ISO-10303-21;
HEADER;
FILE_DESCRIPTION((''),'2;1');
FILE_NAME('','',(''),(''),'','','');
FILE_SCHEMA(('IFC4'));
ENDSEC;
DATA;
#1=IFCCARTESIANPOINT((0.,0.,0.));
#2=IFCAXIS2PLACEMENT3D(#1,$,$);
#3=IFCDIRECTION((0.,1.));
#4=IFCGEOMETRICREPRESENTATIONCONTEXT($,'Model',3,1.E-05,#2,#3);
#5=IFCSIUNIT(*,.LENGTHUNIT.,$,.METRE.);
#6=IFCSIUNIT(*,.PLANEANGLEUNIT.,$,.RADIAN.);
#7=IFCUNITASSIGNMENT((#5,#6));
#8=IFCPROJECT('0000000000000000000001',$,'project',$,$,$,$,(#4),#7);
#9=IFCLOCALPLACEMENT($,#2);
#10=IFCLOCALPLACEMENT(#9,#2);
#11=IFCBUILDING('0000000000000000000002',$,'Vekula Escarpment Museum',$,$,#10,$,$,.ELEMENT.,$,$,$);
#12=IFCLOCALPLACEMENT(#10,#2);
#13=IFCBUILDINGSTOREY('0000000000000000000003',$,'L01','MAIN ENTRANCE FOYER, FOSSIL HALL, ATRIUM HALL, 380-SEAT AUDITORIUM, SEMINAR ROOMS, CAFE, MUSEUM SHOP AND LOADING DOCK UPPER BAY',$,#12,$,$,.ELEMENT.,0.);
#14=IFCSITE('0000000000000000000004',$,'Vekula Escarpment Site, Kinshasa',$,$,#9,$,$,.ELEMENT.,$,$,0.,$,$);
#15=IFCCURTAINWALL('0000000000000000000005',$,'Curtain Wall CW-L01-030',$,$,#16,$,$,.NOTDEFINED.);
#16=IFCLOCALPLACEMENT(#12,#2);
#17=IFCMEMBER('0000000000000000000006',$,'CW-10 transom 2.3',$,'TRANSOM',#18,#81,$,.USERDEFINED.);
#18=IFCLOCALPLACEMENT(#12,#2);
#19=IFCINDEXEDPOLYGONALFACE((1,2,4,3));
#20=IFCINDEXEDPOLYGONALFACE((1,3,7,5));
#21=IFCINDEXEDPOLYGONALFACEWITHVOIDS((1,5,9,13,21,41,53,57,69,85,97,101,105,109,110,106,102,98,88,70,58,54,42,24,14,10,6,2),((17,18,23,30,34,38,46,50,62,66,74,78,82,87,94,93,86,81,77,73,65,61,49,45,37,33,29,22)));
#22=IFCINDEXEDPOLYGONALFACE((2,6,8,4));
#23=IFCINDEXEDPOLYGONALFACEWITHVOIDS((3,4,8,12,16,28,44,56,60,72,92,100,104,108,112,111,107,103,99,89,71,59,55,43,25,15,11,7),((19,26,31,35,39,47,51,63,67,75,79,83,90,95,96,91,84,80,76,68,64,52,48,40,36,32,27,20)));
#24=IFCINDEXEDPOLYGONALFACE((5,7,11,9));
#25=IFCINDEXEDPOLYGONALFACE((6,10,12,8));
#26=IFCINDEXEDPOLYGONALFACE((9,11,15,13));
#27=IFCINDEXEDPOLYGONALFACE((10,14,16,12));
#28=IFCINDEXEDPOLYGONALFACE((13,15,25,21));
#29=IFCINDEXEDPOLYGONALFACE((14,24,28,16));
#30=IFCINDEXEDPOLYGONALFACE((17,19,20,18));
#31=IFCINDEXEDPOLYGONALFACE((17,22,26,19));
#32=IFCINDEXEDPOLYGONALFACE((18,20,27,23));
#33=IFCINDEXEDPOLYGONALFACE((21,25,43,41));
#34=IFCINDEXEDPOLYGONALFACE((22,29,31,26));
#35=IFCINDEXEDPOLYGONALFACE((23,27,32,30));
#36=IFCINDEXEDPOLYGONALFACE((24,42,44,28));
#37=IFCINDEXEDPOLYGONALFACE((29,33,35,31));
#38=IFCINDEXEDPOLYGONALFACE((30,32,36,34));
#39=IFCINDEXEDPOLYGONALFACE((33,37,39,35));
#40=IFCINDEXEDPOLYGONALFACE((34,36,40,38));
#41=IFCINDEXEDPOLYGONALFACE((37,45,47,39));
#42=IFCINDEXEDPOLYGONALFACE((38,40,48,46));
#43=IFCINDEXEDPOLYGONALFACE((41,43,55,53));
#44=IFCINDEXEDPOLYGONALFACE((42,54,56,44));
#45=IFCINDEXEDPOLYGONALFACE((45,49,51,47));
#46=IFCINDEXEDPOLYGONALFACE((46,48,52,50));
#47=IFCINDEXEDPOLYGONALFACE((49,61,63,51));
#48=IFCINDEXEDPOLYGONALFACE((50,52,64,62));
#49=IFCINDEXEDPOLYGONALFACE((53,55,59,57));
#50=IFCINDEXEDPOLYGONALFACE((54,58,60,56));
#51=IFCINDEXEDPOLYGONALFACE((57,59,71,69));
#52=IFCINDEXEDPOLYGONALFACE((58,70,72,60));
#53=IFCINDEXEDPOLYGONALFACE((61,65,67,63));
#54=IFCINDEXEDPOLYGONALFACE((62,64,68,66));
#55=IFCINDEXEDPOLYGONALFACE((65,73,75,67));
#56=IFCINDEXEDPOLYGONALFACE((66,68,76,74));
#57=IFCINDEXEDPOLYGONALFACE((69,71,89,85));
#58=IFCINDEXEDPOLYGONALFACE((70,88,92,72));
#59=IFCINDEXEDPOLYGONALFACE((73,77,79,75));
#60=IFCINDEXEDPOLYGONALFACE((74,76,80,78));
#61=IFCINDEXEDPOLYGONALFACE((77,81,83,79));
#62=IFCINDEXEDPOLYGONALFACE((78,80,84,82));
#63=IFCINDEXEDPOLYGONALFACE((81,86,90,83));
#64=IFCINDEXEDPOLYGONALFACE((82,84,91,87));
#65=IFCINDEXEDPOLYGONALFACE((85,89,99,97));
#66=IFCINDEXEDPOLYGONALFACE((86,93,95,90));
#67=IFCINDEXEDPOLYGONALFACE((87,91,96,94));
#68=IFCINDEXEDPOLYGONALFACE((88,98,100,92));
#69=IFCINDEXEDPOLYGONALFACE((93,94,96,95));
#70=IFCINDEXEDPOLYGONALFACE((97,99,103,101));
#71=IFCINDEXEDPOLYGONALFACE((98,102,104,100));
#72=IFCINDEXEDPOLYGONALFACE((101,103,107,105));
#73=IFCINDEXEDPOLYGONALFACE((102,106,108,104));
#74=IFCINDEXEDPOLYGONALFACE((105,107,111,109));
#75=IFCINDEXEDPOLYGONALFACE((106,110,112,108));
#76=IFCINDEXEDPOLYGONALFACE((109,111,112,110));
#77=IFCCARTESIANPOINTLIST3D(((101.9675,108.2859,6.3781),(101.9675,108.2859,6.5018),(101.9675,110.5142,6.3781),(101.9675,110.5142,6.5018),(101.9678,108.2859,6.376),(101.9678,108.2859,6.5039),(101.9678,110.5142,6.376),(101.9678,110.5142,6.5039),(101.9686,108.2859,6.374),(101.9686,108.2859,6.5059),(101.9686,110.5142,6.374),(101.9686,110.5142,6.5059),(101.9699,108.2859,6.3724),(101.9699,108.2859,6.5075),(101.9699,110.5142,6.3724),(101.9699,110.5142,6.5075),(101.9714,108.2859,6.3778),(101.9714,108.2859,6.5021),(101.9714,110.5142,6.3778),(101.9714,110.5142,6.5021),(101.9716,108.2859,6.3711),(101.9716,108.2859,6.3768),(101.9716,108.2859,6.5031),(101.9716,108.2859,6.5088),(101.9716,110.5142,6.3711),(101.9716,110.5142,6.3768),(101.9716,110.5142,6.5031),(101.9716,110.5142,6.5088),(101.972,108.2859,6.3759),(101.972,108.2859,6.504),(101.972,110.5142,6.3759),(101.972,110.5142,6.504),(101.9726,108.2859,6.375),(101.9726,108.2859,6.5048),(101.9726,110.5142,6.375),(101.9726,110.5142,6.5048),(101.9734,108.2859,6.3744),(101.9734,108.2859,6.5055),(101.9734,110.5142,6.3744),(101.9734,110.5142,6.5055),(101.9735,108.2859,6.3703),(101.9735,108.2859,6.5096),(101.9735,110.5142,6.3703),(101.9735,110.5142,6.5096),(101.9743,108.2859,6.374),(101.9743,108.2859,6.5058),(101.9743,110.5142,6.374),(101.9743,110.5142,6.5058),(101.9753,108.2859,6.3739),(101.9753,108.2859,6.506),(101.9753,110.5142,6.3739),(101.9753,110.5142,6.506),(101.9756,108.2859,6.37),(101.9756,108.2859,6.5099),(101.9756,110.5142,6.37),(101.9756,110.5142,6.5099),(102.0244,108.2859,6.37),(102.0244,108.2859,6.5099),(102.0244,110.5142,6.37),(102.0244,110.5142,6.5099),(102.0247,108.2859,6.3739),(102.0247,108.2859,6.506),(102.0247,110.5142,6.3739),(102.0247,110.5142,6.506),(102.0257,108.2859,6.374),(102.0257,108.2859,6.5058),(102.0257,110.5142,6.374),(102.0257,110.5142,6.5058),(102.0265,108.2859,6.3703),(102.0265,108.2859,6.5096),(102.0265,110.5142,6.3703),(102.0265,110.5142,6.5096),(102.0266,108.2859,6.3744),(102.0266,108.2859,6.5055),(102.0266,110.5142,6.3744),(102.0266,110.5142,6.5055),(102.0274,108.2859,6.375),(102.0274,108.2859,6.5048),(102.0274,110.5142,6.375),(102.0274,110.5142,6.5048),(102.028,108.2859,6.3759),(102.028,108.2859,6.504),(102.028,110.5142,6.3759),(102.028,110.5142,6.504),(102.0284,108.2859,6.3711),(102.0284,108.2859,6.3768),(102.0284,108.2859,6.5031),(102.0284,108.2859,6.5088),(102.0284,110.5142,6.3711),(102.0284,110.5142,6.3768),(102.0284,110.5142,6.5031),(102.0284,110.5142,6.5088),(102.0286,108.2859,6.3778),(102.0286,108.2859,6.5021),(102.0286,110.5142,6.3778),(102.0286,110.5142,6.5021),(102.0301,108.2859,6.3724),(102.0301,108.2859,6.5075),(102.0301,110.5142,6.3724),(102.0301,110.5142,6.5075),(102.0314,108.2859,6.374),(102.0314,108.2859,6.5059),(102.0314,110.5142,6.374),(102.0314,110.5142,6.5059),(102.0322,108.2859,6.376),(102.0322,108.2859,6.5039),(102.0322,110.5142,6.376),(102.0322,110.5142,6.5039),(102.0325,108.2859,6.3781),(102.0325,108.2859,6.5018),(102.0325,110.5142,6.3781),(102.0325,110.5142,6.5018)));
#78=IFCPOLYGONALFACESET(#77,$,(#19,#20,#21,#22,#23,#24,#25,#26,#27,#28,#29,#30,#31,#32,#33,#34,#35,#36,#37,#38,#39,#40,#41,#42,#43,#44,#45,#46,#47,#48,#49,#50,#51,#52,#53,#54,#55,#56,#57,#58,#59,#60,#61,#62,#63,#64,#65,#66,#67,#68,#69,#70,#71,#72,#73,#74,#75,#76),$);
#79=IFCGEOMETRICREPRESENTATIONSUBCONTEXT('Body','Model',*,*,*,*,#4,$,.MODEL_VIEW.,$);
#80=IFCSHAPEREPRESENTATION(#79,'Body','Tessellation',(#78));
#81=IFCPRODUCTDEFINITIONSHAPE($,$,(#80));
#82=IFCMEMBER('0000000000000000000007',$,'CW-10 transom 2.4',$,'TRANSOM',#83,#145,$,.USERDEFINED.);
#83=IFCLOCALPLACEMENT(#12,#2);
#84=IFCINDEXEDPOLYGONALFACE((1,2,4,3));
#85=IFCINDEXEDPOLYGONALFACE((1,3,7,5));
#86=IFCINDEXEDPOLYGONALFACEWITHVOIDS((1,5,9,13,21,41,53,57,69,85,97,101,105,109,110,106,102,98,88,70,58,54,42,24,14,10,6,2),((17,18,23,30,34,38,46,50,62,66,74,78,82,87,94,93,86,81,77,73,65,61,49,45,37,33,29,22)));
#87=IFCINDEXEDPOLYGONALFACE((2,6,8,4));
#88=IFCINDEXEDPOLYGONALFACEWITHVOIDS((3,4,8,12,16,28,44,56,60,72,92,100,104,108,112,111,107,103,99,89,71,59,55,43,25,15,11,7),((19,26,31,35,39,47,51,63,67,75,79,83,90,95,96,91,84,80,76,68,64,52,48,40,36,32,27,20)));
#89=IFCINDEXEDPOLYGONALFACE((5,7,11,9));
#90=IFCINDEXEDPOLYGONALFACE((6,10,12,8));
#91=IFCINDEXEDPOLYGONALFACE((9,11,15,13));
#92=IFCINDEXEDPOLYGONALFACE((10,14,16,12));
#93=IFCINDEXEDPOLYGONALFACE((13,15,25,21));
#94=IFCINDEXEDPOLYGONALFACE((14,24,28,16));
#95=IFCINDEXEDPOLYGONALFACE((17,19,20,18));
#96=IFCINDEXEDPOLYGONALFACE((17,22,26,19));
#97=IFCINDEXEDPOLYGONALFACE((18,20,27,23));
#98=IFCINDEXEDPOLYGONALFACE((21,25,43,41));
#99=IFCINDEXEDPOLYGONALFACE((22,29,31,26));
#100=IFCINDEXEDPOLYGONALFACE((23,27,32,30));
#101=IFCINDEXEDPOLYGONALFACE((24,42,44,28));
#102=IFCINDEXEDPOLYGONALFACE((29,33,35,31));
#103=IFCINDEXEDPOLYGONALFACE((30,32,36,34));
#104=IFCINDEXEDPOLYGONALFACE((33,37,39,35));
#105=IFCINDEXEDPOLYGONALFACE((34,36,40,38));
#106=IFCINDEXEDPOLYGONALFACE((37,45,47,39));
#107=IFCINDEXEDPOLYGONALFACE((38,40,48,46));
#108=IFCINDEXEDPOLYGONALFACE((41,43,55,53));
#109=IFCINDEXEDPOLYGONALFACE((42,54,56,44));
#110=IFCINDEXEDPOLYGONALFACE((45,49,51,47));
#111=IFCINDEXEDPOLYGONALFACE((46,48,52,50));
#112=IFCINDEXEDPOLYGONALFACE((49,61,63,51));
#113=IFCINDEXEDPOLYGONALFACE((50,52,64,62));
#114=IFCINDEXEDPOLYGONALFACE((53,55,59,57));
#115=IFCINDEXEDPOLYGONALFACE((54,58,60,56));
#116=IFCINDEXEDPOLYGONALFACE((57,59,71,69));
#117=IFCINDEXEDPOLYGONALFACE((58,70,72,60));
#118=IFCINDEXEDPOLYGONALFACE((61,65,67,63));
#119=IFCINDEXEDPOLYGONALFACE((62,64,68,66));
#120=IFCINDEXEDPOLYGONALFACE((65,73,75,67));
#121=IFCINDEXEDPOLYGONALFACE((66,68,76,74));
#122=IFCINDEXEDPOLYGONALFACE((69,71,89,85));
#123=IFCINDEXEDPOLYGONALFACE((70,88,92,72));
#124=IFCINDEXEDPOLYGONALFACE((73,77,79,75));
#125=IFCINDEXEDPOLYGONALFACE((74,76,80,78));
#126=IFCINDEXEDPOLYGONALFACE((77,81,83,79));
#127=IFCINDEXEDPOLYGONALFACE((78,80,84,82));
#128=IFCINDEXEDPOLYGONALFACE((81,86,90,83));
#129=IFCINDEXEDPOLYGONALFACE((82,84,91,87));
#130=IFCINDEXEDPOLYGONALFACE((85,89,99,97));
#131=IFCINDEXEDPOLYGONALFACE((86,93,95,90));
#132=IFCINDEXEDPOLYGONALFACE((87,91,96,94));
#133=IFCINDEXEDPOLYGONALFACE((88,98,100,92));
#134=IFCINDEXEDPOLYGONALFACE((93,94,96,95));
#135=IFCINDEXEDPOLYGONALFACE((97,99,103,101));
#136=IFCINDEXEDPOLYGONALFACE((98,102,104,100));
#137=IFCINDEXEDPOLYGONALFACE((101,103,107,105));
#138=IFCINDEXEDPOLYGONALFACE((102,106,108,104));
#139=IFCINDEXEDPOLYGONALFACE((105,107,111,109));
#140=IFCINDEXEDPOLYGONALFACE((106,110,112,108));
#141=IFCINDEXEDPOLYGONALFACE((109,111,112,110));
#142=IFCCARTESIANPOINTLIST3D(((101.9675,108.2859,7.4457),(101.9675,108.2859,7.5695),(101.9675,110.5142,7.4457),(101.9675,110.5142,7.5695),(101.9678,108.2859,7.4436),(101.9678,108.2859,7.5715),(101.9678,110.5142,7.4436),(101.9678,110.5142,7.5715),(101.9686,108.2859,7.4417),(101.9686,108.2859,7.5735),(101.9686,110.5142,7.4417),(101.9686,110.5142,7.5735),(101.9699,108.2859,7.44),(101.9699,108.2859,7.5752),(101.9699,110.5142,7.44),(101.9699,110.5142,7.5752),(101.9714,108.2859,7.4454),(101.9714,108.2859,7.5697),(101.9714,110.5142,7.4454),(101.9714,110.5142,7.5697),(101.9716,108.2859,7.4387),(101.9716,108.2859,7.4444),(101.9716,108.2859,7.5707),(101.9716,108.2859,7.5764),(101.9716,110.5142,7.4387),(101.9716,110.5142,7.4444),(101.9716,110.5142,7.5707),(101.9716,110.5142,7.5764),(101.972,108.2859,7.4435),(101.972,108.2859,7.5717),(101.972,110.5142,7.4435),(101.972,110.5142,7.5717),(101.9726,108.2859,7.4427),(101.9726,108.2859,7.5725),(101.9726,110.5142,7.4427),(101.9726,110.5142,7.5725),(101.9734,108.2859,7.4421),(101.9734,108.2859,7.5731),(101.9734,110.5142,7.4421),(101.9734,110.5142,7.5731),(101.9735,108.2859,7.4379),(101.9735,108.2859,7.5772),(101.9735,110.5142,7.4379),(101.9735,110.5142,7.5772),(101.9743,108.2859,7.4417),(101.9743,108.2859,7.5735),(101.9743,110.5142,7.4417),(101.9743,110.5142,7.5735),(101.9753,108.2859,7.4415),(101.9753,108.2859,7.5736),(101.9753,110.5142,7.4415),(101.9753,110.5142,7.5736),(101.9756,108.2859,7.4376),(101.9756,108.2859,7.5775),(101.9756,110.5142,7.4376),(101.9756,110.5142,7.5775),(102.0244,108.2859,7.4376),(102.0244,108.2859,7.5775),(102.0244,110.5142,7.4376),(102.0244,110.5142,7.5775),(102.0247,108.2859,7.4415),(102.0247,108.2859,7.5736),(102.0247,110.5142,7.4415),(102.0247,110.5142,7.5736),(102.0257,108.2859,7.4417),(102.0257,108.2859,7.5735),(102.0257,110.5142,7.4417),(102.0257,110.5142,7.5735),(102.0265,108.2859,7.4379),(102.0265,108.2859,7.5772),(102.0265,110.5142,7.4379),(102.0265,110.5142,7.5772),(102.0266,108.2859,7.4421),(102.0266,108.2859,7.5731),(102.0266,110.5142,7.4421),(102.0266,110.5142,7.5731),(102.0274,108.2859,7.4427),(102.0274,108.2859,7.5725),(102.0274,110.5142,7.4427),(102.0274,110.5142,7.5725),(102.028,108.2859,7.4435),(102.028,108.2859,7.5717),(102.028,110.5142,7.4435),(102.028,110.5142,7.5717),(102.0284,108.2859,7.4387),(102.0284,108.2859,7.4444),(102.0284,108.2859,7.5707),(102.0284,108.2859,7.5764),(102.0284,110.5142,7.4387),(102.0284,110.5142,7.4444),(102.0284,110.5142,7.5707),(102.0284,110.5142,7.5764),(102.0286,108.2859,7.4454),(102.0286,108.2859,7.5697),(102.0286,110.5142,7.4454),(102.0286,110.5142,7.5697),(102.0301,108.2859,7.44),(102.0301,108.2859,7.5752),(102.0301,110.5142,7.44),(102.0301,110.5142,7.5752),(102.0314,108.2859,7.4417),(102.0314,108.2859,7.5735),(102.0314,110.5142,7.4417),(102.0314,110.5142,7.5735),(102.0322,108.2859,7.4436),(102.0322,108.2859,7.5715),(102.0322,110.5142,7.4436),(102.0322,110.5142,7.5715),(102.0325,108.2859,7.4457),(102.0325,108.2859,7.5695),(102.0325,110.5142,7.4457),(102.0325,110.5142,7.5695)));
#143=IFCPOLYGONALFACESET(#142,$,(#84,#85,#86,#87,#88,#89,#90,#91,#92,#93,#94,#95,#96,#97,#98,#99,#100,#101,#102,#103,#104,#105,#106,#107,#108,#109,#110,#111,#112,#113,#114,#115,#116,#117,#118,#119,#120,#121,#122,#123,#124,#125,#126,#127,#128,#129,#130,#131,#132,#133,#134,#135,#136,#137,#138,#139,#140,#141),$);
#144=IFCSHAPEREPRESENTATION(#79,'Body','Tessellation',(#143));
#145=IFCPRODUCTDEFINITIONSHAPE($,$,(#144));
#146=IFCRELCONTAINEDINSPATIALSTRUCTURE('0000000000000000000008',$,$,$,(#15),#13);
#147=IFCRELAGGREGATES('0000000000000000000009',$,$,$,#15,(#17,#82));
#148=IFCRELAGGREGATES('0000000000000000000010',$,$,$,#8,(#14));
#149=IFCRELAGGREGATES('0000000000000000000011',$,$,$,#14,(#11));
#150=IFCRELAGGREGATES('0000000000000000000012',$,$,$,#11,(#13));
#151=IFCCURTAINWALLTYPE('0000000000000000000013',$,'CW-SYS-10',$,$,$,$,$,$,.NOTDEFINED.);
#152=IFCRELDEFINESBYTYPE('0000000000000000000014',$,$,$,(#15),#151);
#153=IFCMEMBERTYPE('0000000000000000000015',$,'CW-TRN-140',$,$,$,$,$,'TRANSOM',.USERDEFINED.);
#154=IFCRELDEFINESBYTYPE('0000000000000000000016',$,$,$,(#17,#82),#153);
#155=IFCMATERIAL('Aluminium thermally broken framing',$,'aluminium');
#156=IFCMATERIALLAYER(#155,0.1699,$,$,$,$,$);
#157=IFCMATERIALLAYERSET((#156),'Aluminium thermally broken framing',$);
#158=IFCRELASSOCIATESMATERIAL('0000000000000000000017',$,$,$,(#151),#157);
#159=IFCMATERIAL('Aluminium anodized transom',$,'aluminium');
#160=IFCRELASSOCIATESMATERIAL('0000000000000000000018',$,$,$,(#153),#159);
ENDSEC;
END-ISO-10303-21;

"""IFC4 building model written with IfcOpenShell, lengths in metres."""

from ifc_helpers import new_model, si_unit, direction, frame, origin, origin_2d, place, context, subcontext, project, spatial, hollow_rectangle, extrude, material, layer, layer_set, material_profile, profile_set, type_object, element, aggregate, save


model = new_model("IFC4")

# Units and contexts
model_context = context("Model", 3, precision=1e-05, world=origin(), true_north=direction((0.0, 1.0)))
body_context = subcontext(model_context, "Body", "Model", "MODEL_VIEW")
ifc_project = project(units=[si_unit("LENGTHUNIT", "METRE"), si_unit("PLANEANGLEUNIT", "RADIAN")], contexts=[model_context])

# Site, building, storey
site_placement = place(None, origin())
site = spatial("IfcSite", under=ifc_project, at=site_placement, Name="Vekula Escarpment Site, Kinshasa", CompositionType="ELEMENT", RefElevation=0.0)
building_placement = place(site_placement, origin())
building = spatial("IfcBuilding", under=site, at=building_placement, Name="Vekula Escarpment Museum", CompositionType="ELEMENT")
storey_placement = place(building_placement, origin())
storey = spatial("IfcBuildingStorey", under=building, at=storey_placement, Name="L01", Description="MAIN ENTRANCE FOYER, FOSSIL HALL, ATRIUM HALL, 380-SEAT AUDITORIUM, SEMINAR ROOMS, CAFE, MUSEUM SHOP AND LOADING DOCK UPPER BAY", CompositionType="ELEMENT", Elevation=0.0)

# Curtain wall, members
ifc_material_1 = material(Name="Aluminium thermally broken framing", Category="aluminium")
ifc_layer_1 = layer(ifc_material_1, 0.1699)
ifc_layer_set_1 = layer_set([ifc_layer_1], Name="Aluminium thermally broken framing")
curtain_wall_type = type_object("IfcCurtainWallType", Name="CW-SYS-10", PredefinedType="NOTDEFINED", material=ifc_layer_set_1)
curtain_wall_placement = place(storey_placement, origin())
curtain_wall = element("IfcCurtainWall", 1, at=curtain_wall_placement, inside=storey, type_object=curtain_wall_type, Name="Curtain Wall CW-L01-030", PredefinedType="NOTDEFINED")
ifc_material_2 = material(Name="Aluminium anodized transom", Category="aluminium")
ifc_material_profile_1 = material_profile(ifc_material_2, hollow_rectangle(XDim=0.0649, YDim=0.1399, WallThickness=0.0039, InnerFilletRadius=0.0039, OuterFilletRadius=0.0081, at=origin_2d()), Name="ALU 140x65x4")
ifc_profile_set_1 = profile_set([ifc_material_profile_1], Name="Aluminium anodized transom")
member_type_1 = type_object("IfcMemberType", Name="CW-TRN-140", ElementType="TRANSOM", PredefinedType="USERDEFINED", material=ifc_profile_set_1)
member_1_placement = place(storey_placement, frame((102.0, 108.2859, 6.4399), z_axis=(0.0, 1.0, 0.0), x_axis=(-1.0, 0.0, 0.0)))
member_1 = element("IfcMember", 2, at=member_1_placement, type_object=member_type_1, Name="CW-10 transom 2.3", ObjectType="TRANSOM", PredefinedType="USERDEFINED", context=body_context, shape_type="SweptSolid", body=[
    extrude(hollow_rectangle(XDim=0.0649, YDim=0.1399, WallThickness=0.0039, InnerFilletRadius=0.0039, OuterFilletRadius=0.0081, at=origin_2d()), origin(), (0.0, 0.0, 1.0), 2.2283),
])
member_2_placement = place(storey_placement, frame((102.0, 108.2859, 7.5076), z_axis=(0.0, 1.0, 0.0), x_axis=(-1.0, 0.0, 0.0)))
member_2 = element("IfcMember", 3, at=member_2_placement, type_object=member_type_1, Name="CW-10 transom 2.4", ObjectType="TRANSOM", PredefinedType="USERDEFINED", context=body_context, shape_type="SweptSolid", body=[
    extrude(hollow_rectangle(XDim=0.0649, YDim=0.1399, WallThickness=0.0039, InnerFilletRadius=0.0039, OuterFilletRadius=0.0081, at=origin_2d()), origin(), (0.0, 0.0, 1.0), 2.2283),
])
aggregate(curtain_wall, [member_1, member_2])

save(model, "model.ifc")
